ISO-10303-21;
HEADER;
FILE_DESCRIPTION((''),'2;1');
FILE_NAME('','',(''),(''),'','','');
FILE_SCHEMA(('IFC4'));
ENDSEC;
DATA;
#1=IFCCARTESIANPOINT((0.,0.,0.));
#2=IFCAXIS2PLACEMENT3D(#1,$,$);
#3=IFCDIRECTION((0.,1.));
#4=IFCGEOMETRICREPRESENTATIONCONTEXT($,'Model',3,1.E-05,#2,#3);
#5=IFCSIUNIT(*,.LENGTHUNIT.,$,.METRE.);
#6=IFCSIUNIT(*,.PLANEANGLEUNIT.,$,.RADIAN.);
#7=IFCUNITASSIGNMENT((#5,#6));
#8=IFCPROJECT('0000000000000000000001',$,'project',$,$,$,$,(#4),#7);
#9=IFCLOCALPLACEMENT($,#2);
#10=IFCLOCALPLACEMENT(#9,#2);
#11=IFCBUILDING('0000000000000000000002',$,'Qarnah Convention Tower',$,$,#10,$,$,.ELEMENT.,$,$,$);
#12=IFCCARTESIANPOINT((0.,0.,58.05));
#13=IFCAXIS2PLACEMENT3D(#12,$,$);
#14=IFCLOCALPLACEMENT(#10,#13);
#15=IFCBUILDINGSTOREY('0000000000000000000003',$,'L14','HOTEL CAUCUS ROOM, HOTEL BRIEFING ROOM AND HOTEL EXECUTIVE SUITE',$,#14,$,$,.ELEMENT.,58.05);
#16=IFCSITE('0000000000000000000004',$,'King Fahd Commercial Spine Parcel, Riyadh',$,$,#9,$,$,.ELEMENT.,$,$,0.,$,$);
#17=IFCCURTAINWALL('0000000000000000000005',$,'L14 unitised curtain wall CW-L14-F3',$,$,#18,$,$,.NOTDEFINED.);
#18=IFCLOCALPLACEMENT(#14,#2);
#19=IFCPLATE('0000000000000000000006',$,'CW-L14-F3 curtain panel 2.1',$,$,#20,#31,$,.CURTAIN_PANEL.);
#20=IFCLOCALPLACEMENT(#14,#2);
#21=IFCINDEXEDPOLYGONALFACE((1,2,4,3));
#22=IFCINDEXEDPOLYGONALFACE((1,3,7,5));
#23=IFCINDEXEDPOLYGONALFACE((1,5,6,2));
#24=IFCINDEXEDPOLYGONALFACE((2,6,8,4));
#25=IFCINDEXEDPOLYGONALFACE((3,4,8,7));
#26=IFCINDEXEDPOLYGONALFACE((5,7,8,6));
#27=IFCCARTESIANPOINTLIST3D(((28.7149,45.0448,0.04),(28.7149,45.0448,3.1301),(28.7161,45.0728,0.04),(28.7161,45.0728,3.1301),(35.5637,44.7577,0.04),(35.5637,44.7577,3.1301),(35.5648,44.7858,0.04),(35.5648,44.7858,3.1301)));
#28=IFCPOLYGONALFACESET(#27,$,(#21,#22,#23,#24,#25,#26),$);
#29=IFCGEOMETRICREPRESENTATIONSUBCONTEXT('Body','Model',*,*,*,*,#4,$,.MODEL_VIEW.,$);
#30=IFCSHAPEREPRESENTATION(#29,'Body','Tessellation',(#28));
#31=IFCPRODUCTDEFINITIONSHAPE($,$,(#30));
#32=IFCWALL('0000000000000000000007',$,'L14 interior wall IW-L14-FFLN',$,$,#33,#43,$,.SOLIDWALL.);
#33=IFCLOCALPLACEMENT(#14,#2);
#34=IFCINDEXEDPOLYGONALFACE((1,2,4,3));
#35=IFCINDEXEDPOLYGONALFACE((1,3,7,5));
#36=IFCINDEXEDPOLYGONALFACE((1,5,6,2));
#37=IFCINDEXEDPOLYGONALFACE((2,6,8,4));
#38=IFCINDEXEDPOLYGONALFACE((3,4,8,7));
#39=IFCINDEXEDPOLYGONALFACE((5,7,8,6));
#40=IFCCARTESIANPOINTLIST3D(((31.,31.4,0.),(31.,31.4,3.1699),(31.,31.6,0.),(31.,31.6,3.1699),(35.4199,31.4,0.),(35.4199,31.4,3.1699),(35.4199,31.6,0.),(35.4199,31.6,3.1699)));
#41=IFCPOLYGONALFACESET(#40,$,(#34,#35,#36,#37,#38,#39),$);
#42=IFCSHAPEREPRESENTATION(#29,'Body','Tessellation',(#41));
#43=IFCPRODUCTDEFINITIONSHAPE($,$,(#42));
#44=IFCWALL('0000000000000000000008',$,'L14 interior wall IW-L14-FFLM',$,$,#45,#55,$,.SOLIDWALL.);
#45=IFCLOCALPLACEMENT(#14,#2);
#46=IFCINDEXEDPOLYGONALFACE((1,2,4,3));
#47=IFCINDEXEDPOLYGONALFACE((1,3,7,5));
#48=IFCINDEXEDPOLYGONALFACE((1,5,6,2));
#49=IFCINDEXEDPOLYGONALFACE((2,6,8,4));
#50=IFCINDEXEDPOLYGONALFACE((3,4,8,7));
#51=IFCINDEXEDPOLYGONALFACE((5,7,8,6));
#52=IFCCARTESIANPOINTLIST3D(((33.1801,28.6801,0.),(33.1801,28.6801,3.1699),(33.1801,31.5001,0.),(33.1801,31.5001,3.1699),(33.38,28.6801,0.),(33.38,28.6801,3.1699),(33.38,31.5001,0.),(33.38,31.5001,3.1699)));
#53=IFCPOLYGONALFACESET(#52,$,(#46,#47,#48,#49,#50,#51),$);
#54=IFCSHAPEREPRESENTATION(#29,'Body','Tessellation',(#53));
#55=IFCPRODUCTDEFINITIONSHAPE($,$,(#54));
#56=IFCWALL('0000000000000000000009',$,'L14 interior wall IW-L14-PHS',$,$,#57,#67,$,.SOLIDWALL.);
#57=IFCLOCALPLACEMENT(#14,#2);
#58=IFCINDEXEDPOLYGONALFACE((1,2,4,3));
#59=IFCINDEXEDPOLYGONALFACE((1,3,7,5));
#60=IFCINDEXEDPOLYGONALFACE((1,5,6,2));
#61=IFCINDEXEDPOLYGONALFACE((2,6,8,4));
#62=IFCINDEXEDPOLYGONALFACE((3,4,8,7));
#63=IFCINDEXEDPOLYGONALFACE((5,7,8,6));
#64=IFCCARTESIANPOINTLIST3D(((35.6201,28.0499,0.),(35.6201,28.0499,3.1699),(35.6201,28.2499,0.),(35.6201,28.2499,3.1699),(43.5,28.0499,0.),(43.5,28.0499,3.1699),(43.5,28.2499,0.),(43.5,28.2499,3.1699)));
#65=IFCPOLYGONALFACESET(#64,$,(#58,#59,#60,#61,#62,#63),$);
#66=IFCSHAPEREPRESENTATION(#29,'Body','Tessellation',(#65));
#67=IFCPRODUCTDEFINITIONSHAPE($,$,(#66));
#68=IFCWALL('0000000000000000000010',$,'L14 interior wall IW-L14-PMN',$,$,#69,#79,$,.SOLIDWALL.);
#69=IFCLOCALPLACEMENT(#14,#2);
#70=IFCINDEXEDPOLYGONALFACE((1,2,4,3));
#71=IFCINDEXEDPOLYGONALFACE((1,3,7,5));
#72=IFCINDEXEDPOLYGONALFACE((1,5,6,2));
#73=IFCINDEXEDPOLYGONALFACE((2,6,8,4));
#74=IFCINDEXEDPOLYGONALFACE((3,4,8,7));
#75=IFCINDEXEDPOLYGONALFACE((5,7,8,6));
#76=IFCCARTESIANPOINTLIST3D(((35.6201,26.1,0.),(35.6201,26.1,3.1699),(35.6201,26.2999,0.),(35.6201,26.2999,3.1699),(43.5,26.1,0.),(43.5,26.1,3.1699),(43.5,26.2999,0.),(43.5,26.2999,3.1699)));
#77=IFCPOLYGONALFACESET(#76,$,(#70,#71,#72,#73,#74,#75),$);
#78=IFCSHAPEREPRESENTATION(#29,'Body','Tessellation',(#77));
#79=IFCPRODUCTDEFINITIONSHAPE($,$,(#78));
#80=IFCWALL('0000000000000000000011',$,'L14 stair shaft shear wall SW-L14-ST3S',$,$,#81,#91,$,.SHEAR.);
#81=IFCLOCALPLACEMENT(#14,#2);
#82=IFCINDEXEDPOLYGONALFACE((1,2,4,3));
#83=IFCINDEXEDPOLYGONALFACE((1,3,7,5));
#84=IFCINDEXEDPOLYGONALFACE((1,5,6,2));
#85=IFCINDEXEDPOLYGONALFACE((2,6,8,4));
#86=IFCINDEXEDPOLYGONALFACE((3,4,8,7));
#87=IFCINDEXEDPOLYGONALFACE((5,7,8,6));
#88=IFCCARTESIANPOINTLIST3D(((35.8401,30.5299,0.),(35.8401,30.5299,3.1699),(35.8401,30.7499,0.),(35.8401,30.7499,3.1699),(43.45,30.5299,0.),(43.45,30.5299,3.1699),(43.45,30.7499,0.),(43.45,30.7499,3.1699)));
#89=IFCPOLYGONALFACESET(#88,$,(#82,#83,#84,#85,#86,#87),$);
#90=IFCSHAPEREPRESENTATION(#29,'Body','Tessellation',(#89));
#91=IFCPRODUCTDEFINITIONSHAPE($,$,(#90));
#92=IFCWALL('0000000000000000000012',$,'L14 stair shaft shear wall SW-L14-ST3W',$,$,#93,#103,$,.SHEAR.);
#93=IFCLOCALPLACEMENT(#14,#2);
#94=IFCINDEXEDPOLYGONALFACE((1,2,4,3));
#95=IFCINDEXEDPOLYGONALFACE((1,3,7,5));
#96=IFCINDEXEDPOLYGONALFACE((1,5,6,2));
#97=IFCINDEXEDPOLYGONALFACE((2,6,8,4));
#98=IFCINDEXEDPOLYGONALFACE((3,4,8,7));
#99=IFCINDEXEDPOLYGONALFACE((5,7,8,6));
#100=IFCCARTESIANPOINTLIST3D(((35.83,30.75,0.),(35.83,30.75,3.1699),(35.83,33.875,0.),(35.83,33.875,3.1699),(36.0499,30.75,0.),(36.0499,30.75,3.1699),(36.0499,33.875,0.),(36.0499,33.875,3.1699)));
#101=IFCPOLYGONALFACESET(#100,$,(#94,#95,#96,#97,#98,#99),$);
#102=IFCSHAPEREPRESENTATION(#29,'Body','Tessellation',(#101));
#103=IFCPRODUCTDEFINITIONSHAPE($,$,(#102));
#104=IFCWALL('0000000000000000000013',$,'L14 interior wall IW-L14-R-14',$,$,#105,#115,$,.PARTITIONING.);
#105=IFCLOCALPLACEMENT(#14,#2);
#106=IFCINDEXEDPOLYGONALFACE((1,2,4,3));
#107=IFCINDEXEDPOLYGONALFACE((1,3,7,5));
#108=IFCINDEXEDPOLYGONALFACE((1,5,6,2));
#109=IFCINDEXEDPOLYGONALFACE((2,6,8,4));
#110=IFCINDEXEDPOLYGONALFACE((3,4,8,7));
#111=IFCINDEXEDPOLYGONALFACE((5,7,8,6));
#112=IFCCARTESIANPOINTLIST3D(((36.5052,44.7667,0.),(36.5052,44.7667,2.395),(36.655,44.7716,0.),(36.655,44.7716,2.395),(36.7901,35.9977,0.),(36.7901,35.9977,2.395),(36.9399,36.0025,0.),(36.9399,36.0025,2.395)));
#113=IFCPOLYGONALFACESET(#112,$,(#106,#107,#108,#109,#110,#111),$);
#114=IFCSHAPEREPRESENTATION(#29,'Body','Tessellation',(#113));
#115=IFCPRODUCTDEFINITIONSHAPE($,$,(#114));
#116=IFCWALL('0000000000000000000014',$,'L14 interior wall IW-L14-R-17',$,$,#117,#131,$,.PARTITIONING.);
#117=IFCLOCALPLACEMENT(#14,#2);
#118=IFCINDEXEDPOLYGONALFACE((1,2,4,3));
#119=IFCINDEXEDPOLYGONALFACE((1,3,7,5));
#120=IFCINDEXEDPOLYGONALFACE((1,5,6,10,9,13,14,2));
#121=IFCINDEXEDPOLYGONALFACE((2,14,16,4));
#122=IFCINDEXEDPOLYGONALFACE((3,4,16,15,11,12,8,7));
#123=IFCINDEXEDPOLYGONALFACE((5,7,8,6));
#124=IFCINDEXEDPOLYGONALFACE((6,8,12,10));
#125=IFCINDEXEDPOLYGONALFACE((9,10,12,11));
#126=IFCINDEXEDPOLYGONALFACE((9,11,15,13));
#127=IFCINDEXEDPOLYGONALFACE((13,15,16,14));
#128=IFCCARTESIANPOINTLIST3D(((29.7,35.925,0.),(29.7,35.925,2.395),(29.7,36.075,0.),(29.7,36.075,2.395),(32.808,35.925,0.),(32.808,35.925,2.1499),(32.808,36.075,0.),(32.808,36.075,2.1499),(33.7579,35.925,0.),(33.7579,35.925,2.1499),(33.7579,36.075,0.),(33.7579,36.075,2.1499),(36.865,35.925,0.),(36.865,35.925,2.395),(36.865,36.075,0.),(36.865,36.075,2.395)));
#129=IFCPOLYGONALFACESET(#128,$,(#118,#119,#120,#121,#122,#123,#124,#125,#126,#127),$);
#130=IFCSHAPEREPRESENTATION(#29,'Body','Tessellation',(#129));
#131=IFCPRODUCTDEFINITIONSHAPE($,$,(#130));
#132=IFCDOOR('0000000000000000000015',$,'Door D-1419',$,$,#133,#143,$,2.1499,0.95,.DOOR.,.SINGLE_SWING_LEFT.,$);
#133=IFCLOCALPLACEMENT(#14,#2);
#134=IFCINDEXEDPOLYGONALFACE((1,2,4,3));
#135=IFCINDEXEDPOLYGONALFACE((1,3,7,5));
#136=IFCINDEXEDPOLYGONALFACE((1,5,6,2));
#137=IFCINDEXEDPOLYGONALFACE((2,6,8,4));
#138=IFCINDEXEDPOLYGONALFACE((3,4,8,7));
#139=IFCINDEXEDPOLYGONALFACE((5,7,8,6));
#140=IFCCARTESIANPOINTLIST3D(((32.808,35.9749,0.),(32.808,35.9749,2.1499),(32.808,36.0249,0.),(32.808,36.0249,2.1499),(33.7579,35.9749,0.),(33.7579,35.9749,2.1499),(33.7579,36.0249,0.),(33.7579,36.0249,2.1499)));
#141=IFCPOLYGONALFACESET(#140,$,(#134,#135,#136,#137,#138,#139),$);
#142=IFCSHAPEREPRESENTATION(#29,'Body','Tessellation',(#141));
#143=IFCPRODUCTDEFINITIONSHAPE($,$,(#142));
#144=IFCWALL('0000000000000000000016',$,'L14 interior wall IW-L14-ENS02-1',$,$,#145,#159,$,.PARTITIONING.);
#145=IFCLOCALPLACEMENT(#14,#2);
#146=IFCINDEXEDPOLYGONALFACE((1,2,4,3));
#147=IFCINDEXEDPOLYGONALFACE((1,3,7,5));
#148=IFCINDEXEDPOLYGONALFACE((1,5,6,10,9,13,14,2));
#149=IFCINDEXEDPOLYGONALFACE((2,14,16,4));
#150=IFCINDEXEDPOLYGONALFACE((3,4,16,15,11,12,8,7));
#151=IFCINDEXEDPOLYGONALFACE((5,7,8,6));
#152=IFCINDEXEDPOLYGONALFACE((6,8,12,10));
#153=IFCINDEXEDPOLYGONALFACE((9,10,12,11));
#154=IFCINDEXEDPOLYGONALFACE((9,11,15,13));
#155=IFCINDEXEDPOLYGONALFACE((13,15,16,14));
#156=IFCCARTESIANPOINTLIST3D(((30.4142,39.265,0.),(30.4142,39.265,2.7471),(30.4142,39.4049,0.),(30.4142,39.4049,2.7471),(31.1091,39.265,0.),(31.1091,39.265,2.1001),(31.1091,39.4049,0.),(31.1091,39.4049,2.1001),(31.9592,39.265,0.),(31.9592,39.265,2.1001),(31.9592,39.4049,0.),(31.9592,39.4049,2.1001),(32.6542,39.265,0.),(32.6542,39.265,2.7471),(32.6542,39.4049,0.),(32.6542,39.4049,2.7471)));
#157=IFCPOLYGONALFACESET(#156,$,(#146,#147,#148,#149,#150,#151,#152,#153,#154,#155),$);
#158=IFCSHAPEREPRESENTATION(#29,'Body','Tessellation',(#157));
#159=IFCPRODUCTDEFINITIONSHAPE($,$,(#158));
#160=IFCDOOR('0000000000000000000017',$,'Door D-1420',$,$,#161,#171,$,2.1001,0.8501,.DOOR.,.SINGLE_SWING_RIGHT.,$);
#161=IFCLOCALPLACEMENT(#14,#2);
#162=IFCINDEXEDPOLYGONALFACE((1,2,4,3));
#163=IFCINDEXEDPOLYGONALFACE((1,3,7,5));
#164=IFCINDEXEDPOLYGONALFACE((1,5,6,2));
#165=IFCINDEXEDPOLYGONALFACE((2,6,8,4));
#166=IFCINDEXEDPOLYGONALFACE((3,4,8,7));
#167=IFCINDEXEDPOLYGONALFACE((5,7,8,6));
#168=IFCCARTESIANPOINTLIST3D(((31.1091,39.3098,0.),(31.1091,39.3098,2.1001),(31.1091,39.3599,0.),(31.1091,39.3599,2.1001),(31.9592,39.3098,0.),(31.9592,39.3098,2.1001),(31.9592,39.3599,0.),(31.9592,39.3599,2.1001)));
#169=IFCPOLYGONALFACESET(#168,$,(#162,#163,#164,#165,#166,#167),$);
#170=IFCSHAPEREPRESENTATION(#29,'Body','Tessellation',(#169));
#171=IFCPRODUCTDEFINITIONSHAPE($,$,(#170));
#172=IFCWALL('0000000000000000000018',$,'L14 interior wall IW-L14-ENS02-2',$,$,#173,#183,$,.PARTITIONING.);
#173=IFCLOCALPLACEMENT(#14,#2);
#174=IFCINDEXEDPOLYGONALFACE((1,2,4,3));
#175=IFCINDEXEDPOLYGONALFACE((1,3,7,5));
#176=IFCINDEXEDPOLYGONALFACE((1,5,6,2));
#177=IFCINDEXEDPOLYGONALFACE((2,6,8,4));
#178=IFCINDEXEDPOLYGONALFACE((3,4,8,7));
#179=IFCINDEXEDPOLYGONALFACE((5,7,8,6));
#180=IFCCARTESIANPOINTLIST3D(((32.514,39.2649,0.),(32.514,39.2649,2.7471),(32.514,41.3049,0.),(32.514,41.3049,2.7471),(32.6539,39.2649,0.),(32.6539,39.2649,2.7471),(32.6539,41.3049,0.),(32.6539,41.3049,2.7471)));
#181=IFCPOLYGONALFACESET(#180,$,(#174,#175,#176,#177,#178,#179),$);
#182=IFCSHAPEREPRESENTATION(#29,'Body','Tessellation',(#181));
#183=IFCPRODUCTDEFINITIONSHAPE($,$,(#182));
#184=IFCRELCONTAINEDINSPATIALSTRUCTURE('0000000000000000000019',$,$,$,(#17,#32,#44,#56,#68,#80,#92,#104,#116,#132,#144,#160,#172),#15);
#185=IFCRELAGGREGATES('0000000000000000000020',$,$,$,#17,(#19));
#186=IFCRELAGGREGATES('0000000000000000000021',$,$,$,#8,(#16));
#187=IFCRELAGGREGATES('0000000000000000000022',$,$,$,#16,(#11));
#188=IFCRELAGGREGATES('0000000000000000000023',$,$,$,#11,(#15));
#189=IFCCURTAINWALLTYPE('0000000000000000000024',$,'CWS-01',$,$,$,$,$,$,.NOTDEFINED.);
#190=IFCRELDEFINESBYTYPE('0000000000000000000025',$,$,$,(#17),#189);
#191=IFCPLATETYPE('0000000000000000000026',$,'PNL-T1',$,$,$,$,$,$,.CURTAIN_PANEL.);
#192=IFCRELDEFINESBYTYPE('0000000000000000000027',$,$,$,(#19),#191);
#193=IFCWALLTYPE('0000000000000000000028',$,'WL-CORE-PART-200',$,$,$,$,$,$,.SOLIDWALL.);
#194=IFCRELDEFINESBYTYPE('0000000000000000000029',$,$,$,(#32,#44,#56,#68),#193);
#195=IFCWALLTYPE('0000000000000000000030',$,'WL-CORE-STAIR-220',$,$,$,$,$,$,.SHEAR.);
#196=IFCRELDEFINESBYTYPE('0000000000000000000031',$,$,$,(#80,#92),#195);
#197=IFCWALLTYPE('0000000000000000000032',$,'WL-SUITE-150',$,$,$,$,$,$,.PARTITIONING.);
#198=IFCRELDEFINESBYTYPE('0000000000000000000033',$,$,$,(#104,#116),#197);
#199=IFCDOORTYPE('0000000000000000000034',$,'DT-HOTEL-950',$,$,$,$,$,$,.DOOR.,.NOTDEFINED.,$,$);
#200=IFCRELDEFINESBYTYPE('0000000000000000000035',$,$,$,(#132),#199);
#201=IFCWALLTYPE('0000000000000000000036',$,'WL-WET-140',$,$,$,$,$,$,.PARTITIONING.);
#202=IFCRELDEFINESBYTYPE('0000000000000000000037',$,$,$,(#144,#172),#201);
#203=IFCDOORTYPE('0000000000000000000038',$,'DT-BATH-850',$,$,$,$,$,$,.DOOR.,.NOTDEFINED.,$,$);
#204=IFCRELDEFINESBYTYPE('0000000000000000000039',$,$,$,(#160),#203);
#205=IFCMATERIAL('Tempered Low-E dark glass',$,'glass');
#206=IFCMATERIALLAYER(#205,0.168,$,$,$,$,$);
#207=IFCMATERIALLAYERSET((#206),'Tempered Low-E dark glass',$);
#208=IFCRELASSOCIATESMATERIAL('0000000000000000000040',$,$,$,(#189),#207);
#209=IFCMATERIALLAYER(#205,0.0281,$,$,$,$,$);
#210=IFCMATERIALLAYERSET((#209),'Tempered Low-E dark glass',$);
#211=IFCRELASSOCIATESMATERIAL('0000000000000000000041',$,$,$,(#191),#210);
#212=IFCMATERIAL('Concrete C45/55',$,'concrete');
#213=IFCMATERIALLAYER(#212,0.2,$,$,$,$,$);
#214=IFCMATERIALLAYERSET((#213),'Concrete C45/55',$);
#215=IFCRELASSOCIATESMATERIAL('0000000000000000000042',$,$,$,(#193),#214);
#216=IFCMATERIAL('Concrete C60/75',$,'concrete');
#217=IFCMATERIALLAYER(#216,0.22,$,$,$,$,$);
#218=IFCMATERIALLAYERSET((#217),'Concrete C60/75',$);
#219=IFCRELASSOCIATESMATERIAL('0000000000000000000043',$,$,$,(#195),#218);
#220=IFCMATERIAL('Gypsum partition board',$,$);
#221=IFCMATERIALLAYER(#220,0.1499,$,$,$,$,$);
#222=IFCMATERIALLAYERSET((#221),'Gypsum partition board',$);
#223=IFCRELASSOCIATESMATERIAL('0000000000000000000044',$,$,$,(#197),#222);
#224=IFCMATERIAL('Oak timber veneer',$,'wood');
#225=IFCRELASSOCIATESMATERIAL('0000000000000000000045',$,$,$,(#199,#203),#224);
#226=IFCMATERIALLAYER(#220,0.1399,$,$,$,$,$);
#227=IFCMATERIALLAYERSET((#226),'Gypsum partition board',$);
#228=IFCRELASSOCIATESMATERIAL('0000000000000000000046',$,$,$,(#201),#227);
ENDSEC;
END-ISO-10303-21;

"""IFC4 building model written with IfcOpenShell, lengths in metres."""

from ifc_helpers import new_model, si_unit, direction, frame, frame_2d, origin, origin_2d, place, context, subcontext, project, spatial, rectangle, extrude, material, layer, layer_set, type_object, element, fill, aggregate, save


model = new_model("IFC4")

# Units and contexts
model_context = context("Model", 3, precision=1e-05, world=origin(), true_north=direction((0.0, 1.0)))
body_context = subcontext(model_context, "Body", "Model", "MODEL_VIEW")
ifc_project = project(units=[si_unit("LENGTHUNIT", "METRE"), si_unit("PLANEANGLEUNIT", "RADIAN")], contexts=[model_context])

# Site, building, storey
site_placement = place(None, origin())
site = spatial("IfcSite", under=ifc_project, at=site_placement, Name="King Fahd Commercial Spine Parcel, Riyadh", CompositionType="ELEMENT", RefElevation=0.0)
building_placement = place(site_placement, origin())
building = spatial("IfcBuilding", under=site, at=building_placement, Name="Qarnah Convention Tower", CompositionType="ELEMENT")
storey_placement = place(building_placement, frame((0.0, 0.0, 58.05)))
storey = spatial("IfcBuildingStorey", under=building, at=storey_placement, Name="L14", Description="HOTEL CAUCUS ROOM, HOTEL BRIEFING ROOM AND HOTEL EXECUTIVE SUITE", CompositionType="ELEMENT", Elevation=58.05)

# Shared definitions
ifc_material_1 = material(Name="Concrete C60/75", Category="concrete")

# Curtain wall, plate
ifc_material_2 = material(Name="Tempered Low-E dark glass", Category="glass")
ifc_layer_1 = layer(ifc_material_2, 0.168)
ifc_layer_set_1 = layer_set([ifc_layer_1], Name="Tempered Low-E dark glass")
curtain_wall_type = type_object("IfcCurtainWallType", Name="CWS-01", PredefinedType="NOTDEFINED", material=ifc_layer_set_1)
curtain_wall_placement = place(storey_placement, origin())
curtain_wall = element("IfcCurtainWall", 1, at=curtain_wall_placement, inside=storey, type_object=curtain_wall_type, Name="L14 unitised curtain wall CW-L14-F3", PredefinedType="NOTDEFINED")
ifc_layer_2 = layer(ifc_material_2, 0.0281)
ifc_layer_set_2 = layer_set([ifc_layer_2], Name="Tempered Low-E dark glass")
plate_type = type_object("IfcPlateType", Name="PNL-T1", PredefinedType="CURTAIN_PANEL", material=ifc_layer_set_2)
plate_placement = place(storey_placement, frame((32.1399, 44.9153, 0.04), z_axis=(0.0, 0.0, 1.0), x_axis=(0.999123, -0.041876, 0.0)))
plate = element("IfcPlate", 2, at=plate_placement, type_object=plate_type, Name="CW-L14-F3 curtain panel 2.1", PredefinedType="CURTAIN_PANEL", context=body_context, shape_type="SweptSolid", body=[
    extrude(rectangle(XDim=6.8547, YDim=0.0281, at=origin_2d()), origin(), (0.0, 0.0, 1.0), 3.0901),
])
aggregate(curtain_wall, [plate])

# Shared definitions
ifc_material_3 = material(Name="Concrete C45/55", Category="concrete")
ifc_layer_3 = layer(ifc_material_3, 0.2)
ifc_layer_set_3 = layer_set([ifc_layer_3], Name="Concrete C45/55")
wall_type_1 = type_object("IfcWallType", Name="WL-CORE-PART-200", PredefinedType="SOLIDWALL", material=ifc_layer_set_3)

# Walls
wall_1_placement = place(storey_placement, frame((31.0, 31.5, 0.0), z_axis=(0.0, 0.0, 1.0), x_axis=(1.0, 0.0, 0.0)))
element("IfcWall", 3, at=wall_1_placement, inside=storey, type_object=wall_type_1, Name="L14 interior wall IW-L14-FFLN", PredefinedType="SOLIDWALL", context=body_context, shape_type="SweptSolid", body=[
    extrude(rectangle(XDim=4.4199, YDim=0.2, at=frame_2d((2.21, 0.0))), origin(), (0.0, 0.0, 1.0), 3.1699),
])
wall_2_placement = place(storey_placement, frame((33.28, 28.6799, 0.0), z_axis=(0.0, 0.0, 1.0), x_axis=(0.0, 1.0, 0.0)))
element("IfcWall", 4, at=wall_2_placement, inside=storey, type_object=wall_type_1, Name="L14 interior wall IW-L14-FFLM", PredefinedType="SOLIDWALL", context=body_context, shape_type="SweptSolid", body=[
    extrude(rectangle(XDim=2.8201, YDim=0.2, at=frame_2d((1.4102, 0.0))), origin(), (0.0, 0.0, 1.0), 3.1699),
])
for number, where, z_axis, x_axis, name in (
    (5, (35.6201, 28.1499, 0.0), (0.0, 0.0, 1.0), (1.0, 0.0, 0.0), "L14 interior wall IW-L14-PHS"),
    (6, (35.6201, 26.2, 0.0), (0.0, 0.0, 1.0), (1.0, 0.0, 0.0), "L14 interior wall IW-L14-PMN"),
):
    element("IfcWall", number, at=place(storey_placement, frame(where, z_axis=z_axis, x_axis=x_axis)), inside=storey, type_object=wall_type_1, Name=name, PredefinedType="SOLIDWALL", context=body_context, shape_type="SweptSolid", body=[
        extrude(rectangle(XDim=7.8799, YDim=0.2, at=frame_2d((3.9399, 0.0))), origin(), (0.0, 0.0, 1.0), 3.1699),
    ])
ifc_layer_4 = layer(ifc_material_1, 0.22)
ifc_layer_set_4 = layer_set([ifc_layer_4], Name="Concrete C60/75")
wall_type_2 = type_object("IfcWallType", Name="WL-CORE-STAIR-220", PredefinedType="SHEAR", material=ifc_layer_set_4)
wall_3_placement = place(storey_placement, frame((35.8401, 30.6399, 0.0), z_axis=(0.0, 0.0, 1.0), x_axis=(1.0, 0.0, 0.0)))
element("IfcWall", 7, at=wall_3_placement, inside=storey, type_object=wall_type_2, Name="L14 stair shaft shear wall SW-L14-ST3S", PredefinedType="SHEAR", context=body_context, shape_type="SweptSolid", body=[
    extrude(rectangle(XDim=7.6099, YDim=0.22, at=frame_2d((3.8049, 0.0))), origin(), (0.0, 0.0, 1.0), 3.1699),
])
wall_4_placement = place(storey_placement, frame((35.9399, 30.75, 0.0), z_axis=(0.0, 0.0, 1.0), x_axis=(0.0, 1.0, 0.0)))
element("IfcWall", 8, at=wall_4_placement, inside=storey, type_object=wall_type_2, Name="L14 stair shaft shear wall SW-L14-ST3W", PredefinedType="SHEAR", context=body_context, shape_type="SweptSolid", body=[
    extrude(rectangle(XDim=3.125, YDim=0.22, at=frame_2d((1.5625, 0.0))), origin(), (0.0, 0.0, 1.0), 3.1699),
])
ifc_material_4 = material(Name="Gypsum partition board")
ifc_layer_5 = layer(ifc_material_4, 0.1499)
ifc_layer_set_5 = layer_set([ifc_layer_5], Name="Gypsum partition board")
wall_type_3 = type_object("IfcWallType", Name="WL-SUITE-150", PredefinedType="PARTITIONING", material=ifc_layer_set_5)
wall_5_placement = place(storey_placement, frame((36.5801, 44.769, 0.0), z_axis=(0.0, 0.0, 1.0), x_axis=(0.032474, -0.999473, 0.0)))
element("IfcWall", 9, at=wall_5_placement, inside=storey, type_object=wall_type_3, Name="L14 interior wall IW-L14-R-14", PredefinedType="PARTITIONING", context=body_context, shape_type="SweptSolid", body=[
    extrude(rectangle(XDim=8.7737, YDim=0.1499, at=frame_2d((4.3867, 0.0))), origin(), (0.0, 0.0, 1.0), 2.395),
])

# Walls, openings, doors
wall_6_placement = place(storey_placement, frame((29.7, 36.0, 0.0), z_axis=(0.0, 0.0, 1.0), x_axis=(1.0, 0.0, 0.0)))
wall_6 = element("IfcWall", 10, at=wall_6_placement, inside=storey, type_object=wall_type_3, Name="L14 interior wall IW-L14-R-17", PredefinedType="PARTITIONING", context=body_context, shape_type="SweptSolid", body=[
    extrude(rectangle(XDim=7.165, YDim=0.1499, at=frame_2d((3.5825, 0.0))), origin(), (0.0, 0.0, 1.0), 2.395),
])
opening_1_placement = place(wall_6_placement, frame((3.1079, 0.0, 0.0)))
opening_1 = element("IfcOpeningElement", 11, at=opening_1_placement, cuts=wall_6, PredefinedType="OPENING", context=body_context, shape_type="SweptSolid", body=[
    extrude(rectangle(XDim=0.95, YDim=2.1499, at=frame_2d((0.4751, 1.075))), frame((0.0, 0.085, 0.0), z_axis=(0.0, -1.0, 0.0), x_axis=(1.0, 0.0, 0.0)), (0.0, 0.0, 1.0), 0.1699),
])
ifc_material_5 = material(Name="Oak timber veneer", Category="wood")
door_type_1 = type_object("IfcDoorType", Name="DT-HOTEL-950", OperationType="NOTDEFINED", PredefinedType="DOOR", material=ifc_material_5)
door_1_placement = place(opening_1_placement, origin())
door_1 = element("IfcDoor", 12, at=door_1_placement, inside=storey, type_object=door_type_1, Name="Door D-1419", OperationType="SINGLE_SWING_LEFT", OverallHeight=2.1499, OverallWidth=0.95, PredefinedType="DOOR", context=body_context, shape_type="SweptSolid", body=[
    extrude(rectangle(XDim=0.95, YDim=2.1499, at=frame_2d((0.4751, 1.075))), frame((0.0, 0.0249, 0.0), z_axis=(0.0, -1.0, 0.0), x_axis=(1.0, 0.0, 0.0)), (0.0, 0.0, 1.0), 0.05),
])
fill(opening_1, door_1)
ifc_layer_6 = layer(ifc_material_4, 0.1399)
ifc_layer_set_6 = layer_set([ifc_layer_6], Name="Gypsum partition board")
wall_type_4 = type_object("IfcWallType", Name="WL-WET-140", PredefinedType="PARTITIONING", material=ifc_layer_set_6)
wall_7_placement = place(storey_placement, frame((30.4141, 39.335, 0.0), z_axis=(0.0, 0.0, 1.0), x_axis=(1.0, 0.0, 0.0)))
wall_7 = element("IfcWall", 13, at=wall_7_placement, inside=storey, type_object=wall_type_4, Name="L14 interior wall IW-L14-ENS02-1", PredefinedType="PARTITIONING", context=body_context, shape_type="SweptSolid", body=[
    extrude(rectangle(XDim=2.24, YDim=0.1399, at=frame_2d((1.1201, 0.0))), origin(), (0.0, 0.0, 1.0), 2.7471),
])
opening_2_placement = place(wall_7_placement, frame((0.6951, 0.0, 0.0)))
opening_2 = element("IfcOpeningElement", 14, at=opening_2_placement, cuts=wall_7, PredefinedType="OPENING", context=body_context, shape_type="SweptSolid", body=[
    extrude(rectangle(XDim=0.8501, YDim=2.1001, at=frame_2d((0.425, 1.05))), frame((0.0, 0.0798, 0.0), z_axis=(0.0, -1.0, 0.0), x_axis=(1.0, 0.0, 0.0)), (0.0, 0.0, 1.0), 0.1599),
])
door_type_2 = type_object("IfcDoorType", Name="DT-BATH-850", OperationType="NOTDEFINED", PredefinedType="DOOR", material=ifc_material_5)
door_2_placement = place(opening_2_placement, origin())
door_2 = element("IfcDoor", 15, at=door_2_placement, inside=storey, type_object=door_type_2, Name="Door D-1420", OperationType="SINGLE_SWING_RIGHT", OverallHeight=2.1001, OverallWidth=0.8501, PredefinedType="DOOR", context=body_context, shape_type="SweptSolid", body=[
    extrude(rectangle(XDim=0.8501, YDim=2.1001, at=frame_2d((0.425, 1.05))), frame((0.0, 0.0249, 0.0), z_axis=(0.0, -1.0, 0.0), x_axis=(1.0, 0.0, 0.0)), (0.0, 0.0, 1.0), 0.05),
])
fill(opening_2, door_2)

# Wall
wall_8_placement = place(storey_placement, frame((32.584, 39.2649, 0.0), z_axis=(0.0, 0.0, 1.0), x_axis=(0.0, 1.0, 0.0)))
element("IfcWall", 16, at=wall_8_placement, inside=storey, type_object=wall_type_4, Name="L14 interior wall IW-L14-ENS02-2", PredefinedType="PARTITIONING", context=body_context, shape_type="SweptSolid", body=[
    extrude(rectangle(XDim=2.04, YDim=0.1399, at=frame_2d((1.02, 0.0))), origin(), (0.0, 0.0, 1.0), 2.7471),
])

save(model, "model.ifc")
